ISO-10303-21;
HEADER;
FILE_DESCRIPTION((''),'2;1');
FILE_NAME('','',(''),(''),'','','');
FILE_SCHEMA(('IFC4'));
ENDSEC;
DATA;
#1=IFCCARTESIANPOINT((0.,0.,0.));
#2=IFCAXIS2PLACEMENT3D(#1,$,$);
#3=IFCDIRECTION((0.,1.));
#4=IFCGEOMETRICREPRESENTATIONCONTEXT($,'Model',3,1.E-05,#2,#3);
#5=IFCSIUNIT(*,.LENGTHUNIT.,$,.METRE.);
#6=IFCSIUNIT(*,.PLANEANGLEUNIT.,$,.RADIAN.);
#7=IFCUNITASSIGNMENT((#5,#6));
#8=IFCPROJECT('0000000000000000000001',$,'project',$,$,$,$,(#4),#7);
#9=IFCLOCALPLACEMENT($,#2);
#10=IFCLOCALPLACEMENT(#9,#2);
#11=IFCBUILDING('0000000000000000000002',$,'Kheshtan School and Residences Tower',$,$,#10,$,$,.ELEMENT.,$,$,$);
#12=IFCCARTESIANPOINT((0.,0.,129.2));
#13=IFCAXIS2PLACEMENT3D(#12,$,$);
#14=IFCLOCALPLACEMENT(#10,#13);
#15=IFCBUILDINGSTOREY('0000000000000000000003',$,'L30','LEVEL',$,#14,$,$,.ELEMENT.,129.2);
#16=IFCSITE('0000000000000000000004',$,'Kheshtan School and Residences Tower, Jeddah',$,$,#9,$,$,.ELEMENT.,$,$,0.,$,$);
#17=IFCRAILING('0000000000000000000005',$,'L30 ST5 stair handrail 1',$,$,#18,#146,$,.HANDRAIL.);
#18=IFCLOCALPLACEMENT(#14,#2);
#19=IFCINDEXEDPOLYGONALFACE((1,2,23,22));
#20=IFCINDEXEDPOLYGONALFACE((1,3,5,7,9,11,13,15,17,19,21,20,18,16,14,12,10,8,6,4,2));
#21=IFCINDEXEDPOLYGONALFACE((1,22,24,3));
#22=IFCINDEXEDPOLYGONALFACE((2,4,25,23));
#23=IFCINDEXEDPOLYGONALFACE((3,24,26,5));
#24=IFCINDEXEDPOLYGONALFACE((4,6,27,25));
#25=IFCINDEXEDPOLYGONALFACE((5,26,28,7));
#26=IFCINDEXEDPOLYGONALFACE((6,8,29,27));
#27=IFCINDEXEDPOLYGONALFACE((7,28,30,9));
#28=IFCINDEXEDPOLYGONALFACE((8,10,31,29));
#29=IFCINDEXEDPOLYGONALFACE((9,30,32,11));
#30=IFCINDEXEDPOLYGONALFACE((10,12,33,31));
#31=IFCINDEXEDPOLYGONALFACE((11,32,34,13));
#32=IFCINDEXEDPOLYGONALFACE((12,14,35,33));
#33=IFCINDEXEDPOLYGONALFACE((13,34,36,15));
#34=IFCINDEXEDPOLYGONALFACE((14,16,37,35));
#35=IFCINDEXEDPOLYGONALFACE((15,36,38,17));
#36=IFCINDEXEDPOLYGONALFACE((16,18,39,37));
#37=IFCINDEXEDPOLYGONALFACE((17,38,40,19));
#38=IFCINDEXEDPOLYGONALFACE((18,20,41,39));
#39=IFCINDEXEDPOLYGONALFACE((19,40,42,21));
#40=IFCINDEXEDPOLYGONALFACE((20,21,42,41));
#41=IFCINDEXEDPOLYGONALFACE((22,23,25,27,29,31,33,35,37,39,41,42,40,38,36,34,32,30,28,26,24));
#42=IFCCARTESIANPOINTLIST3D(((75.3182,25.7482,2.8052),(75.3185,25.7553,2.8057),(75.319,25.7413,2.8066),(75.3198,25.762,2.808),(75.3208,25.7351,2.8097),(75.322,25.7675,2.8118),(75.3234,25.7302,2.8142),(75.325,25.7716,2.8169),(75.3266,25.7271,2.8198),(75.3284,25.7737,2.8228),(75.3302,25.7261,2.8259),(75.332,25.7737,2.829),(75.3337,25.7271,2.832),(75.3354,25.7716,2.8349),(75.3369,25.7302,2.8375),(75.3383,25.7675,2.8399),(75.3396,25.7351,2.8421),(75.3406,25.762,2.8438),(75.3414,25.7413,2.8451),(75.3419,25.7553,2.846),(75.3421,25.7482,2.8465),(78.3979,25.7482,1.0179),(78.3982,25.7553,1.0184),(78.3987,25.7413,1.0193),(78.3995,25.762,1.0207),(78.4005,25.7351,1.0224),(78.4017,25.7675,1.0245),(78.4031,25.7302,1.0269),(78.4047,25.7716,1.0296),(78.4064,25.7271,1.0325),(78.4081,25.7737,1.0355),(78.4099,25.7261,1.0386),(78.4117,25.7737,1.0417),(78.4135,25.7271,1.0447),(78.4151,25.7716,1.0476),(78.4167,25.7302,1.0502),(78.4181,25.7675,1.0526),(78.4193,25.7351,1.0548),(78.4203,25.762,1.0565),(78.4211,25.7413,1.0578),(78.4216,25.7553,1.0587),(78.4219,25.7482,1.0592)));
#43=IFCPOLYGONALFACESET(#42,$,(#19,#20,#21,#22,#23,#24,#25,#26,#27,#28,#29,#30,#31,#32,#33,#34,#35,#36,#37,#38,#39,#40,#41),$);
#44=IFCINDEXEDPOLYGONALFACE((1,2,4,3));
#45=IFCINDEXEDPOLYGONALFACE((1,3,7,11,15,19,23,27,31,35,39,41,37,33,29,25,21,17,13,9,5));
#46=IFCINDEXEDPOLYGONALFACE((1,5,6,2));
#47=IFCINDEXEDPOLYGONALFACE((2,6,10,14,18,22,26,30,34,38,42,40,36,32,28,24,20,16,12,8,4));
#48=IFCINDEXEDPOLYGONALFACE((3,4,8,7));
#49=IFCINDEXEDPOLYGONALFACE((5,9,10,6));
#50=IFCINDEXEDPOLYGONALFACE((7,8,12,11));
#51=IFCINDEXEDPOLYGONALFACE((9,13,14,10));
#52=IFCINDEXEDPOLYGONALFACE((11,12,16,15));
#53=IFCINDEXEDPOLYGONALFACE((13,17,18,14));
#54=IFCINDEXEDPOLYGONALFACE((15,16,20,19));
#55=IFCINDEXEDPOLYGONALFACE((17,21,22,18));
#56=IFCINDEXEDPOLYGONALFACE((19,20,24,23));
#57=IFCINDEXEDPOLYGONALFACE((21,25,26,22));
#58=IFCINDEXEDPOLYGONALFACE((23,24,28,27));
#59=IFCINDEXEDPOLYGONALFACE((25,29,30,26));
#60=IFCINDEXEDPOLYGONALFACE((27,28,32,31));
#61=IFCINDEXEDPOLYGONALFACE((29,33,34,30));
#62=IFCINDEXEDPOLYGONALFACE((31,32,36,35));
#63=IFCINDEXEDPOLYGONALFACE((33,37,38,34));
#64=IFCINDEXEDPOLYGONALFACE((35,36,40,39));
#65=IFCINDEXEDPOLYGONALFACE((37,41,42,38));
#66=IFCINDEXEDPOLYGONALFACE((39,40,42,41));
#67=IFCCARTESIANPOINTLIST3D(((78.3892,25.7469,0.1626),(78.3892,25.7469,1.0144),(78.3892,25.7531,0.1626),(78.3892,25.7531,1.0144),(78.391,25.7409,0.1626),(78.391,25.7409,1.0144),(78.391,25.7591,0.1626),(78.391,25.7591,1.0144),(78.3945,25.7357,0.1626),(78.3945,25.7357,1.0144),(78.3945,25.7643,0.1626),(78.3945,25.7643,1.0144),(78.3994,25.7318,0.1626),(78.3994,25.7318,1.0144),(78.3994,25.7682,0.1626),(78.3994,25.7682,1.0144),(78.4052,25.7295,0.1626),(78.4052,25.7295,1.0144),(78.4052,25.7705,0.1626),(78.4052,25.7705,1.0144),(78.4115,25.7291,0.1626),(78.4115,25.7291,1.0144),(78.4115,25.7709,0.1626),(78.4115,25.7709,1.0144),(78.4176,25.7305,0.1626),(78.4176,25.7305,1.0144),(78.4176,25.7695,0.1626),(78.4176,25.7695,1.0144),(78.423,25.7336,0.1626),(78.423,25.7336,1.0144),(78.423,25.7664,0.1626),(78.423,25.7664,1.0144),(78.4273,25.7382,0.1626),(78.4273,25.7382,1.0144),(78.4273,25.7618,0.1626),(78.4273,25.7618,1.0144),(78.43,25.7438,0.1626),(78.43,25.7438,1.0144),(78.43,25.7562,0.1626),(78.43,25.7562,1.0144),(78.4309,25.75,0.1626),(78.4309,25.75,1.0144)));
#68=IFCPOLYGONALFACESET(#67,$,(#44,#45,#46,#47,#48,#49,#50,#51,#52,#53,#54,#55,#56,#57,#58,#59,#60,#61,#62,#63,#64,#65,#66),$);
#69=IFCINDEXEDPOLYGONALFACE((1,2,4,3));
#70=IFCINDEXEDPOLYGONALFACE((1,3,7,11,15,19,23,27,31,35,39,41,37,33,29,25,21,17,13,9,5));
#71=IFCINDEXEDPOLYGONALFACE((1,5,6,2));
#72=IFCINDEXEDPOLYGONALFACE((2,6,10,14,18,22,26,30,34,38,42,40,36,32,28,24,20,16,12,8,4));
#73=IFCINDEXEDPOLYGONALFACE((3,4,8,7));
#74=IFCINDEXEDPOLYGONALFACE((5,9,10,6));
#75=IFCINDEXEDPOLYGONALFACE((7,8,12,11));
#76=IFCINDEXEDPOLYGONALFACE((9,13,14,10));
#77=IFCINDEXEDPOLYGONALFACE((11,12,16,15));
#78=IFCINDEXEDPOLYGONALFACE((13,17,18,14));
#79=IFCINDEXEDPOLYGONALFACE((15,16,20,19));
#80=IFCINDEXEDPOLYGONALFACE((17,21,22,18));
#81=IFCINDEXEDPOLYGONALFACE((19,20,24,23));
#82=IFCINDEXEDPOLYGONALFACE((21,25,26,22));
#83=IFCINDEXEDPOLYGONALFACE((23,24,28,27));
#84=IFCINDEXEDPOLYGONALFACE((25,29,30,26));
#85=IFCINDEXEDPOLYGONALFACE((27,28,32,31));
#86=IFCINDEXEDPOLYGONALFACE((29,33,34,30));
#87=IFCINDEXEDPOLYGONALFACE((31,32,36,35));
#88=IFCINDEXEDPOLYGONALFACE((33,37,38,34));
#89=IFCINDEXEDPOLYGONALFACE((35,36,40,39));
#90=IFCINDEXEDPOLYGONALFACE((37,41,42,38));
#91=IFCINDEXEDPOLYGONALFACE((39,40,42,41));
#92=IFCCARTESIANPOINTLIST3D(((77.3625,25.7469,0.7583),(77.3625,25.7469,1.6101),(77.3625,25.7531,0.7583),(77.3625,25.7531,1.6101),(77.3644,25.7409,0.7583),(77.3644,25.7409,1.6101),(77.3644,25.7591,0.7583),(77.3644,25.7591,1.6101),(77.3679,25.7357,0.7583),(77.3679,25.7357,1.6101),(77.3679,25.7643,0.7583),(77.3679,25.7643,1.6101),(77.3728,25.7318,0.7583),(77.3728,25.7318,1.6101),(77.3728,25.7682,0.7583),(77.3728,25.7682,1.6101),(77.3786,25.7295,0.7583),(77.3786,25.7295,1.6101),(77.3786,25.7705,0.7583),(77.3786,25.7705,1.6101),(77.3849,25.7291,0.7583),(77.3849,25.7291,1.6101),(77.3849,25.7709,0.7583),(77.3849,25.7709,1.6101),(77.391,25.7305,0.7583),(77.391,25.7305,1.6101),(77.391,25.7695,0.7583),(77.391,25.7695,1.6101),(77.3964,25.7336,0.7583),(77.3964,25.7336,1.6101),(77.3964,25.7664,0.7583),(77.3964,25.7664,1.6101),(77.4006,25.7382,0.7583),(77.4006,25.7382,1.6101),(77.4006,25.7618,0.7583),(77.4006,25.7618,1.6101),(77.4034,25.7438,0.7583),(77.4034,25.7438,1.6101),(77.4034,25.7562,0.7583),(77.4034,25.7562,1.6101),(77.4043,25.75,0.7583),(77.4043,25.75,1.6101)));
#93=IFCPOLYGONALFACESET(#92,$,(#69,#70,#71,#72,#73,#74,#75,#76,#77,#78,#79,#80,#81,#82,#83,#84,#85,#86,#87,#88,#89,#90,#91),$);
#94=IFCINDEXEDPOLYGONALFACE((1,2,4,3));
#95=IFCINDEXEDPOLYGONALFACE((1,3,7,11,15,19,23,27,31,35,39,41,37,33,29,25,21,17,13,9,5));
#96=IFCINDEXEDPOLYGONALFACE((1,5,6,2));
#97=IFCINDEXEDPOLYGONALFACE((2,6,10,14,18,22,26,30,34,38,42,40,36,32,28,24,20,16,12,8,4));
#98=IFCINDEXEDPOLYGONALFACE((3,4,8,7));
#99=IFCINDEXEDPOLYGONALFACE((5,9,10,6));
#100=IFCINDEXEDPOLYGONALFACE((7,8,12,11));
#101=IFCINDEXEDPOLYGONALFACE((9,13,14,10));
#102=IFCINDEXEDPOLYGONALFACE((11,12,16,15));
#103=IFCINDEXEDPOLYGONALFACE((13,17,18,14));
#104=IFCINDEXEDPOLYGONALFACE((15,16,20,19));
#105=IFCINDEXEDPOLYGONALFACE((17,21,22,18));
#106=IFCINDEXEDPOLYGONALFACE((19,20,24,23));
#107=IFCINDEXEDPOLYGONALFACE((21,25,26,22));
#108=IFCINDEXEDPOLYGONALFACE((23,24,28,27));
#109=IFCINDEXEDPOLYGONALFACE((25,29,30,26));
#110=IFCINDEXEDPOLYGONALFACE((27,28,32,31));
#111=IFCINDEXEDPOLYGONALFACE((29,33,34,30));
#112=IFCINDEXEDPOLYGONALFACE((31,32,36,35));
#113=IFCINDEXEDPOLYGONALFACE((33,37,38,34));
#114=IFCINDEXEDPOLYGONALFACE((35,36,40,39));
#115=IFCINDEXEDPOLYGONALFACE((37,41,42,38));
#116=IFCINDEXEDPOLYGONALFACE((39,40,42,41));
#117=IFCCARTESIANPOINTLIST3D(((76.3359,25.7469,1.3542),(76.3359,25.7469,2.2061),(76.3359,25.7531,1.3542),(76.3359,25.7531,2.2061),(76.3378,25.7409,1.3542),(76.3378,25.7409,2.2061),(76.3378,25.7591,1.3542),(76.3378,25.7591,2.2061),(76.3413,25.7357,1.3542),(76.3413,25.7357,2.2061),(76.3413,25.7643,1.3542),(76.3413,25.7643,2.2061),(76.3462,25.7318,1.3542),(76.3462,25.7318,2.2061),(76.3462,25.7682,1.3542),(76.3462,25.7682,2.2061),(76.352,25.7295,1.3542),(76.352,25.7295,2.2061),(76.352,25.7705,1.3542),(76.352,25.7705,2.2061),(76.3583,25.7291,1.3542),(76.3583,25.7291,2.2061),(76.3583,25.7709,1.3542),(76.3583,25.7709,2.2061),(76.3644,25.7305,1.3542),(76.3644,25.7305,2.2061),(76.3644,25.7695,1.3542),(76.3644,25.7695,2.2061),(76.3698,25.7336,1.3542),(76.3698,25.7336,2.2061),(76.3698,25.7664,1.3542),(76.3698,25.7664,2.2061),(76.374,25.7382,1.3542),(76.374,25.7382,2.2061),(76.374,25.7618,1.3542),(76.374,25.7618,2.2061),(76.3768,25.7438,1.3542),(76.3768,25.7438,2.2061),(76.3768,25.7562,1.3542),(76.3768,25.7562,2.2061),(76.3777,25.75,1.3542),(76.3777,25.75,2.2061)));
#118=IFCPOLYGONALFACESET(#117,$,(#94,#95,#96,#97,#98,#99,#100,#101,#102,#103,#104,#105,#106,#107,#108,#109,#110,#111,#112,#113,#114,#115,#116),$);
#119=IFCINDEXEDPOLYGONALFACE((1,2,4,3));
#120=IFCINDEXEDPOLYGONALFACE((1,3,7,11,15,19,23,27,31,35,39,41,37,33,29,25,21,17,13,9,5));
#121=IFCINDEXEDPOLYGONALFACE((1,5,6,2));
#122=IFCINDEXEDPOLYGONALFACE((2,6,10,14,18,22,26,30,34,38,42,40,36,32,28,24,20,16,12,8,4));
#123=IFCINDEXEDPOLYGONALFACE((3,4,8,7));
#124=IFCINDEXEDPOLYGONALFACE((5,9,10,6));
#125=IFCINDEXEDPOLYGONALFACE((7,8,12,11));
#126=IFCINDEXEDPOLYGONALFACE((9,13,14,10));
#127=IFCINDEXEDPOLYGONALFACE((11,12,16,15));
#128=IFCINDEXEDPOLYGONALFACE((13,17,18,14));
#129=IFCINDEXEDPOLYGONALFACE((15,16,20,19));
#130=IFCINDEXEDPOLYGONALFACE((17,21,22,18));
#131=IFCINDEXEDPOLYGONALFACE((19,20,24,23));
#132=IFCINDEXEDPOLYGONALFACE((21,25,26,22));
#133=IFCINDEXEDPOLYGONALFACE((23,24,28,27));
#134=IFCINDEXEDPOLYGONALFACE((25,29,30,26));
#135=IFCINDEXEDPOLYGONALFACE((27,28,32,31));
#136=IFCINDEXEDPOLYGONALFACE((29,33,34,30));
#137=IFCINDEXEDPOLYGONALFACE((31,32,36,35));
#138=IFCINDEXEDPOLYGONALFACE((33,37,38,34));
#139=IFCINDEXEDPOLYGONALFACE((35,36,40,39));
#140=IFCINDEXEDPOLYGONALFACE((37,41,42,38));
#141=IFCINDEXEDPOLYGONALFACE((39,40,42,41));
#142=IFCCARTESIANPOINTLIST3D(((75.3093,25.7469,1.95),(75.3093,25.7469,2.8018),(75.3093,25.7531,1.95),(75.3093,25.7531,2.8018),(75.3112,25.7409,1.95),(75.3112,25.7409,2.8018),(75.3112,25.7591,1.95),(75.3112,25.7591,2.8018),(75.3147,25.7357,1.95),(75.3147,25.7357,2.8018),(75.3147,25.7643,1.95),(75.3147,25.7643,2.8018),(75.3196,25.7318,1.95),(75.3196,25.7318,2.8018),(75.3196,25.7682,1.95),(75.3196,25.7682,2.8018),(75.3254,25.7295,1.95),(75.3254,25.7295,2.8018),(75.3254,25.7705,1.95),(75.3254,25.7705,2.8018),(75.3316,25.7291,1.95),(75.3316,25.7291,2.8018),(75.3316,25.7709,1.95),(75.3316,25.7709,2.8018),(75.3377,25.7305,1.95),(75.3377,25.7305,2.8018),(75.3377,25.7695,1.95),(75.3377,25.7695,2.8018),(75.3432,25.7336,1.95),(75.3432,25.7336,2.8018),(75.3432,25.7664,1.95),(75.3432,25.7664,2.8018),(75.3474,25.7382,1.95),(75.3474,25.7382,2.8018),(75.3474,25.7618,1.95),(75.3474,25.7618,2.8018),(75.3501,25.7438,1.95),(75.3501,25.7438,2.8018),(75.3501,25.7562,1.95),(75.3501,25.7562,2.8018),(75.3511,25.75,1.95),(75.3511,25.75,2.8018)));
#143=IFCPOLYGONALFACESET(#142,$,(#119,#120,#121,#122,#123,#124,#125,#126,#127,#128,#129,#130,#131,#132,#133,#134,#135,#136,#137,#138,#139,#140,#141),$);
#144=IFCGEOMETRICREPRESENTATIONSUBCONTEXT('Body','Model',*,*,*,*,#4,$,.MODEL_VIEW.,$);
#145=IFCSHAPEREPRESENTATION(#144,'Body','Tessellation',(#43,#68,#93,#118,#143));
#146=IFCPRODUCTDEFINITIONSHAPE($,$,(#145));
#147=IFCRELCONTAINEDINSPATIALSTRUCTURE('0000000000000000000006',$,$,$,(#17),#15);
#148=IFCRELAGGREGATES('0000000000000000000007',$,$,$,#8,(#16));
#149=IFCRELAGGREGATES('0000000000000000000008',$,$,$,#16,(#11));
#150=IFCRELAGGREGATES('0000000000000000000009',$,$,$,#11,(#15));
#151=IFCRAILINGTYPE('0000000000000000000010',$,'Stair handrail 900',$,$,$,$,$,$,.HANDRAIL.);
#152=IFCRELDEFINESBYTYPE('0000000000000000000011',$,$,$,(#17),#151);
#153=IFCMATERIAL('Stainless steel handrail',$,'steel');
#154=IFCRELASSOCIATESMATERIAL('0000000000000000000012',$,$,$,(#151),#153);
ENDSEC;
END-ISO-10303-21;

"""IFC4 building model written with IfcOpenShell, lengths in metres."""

from ifc_helpers import new_model, si_unit, direction, frame, origin, origin_2d, place, context, subcontext, project, spatial, circle, extrude, material, type_object, element, save


model = new_model("IFC4")

# Units and contexts
model_context = context("Model", 3, precision=1e-05, world=origin(), true_north=direction((0.0, 1.0)))
body_context = subcontext(model_context, "Body", "Model", "MODEL_VIEW")
ifc_project = project(units=[si_unit("LENGTHUNIT", "METRE"), si_unit("PLANEANGLEUNIT", "RADIAN")], contexts=[model_context])

# Site, building, storey
site_placement = place(None, origin())
site = spatial("IfcSite", under=ifc_project, at=site_placement, Name="Kheshtan School and Residences Tower, Jeddah", CompositionType="ELEMENT", RefElevation=0.0)
building_placement = place(site_placement, origin())
building = spatial("IfcBuilding", under=site, at=building_placement, Name="Kheshtan School and Residences Tower", CompositionType="ELEMENT")
storey_placement = place(building_placement, frame((0.0, 0.0, 129.2)))
storey = spatial("IfcBuildingStorey", under=building, at=storey_placement, Name="L30", Description="LEVEL", CompositionType="ELEMENT", Elevation=129.2)

# Railing
ifc_material_1 = material(Name="Stainless steel handrail", Category="steel")
railing_type_1 = type_object("IfcRailingType", Name="Stair handrail 900", PredefinedType="HANDRAIL", material=ifc_material_1)
railing_1_placement = place(storey_placement, frame((78.4099, 25.75, 0.1626)))
element("IfcRailing", 1, at=railing_1_placement, inside=storey, type_object=railing_type_1, Name="L30 ST5 stair handrail 1", PredefinedType="HANDRAIL", context=body_context, shape_type="SweptSolid", body=[
    extrude(circle(Radius=0.0239, at=origin_2d()), frame((0.0, 0.0, 0.876), z_axis=(-0.864903, 0.0, 0.501939), x_axis=(0.0, -1.0, 0.0)), (0.0, 0.0, 1.0), 3.5608),
    extrude(circle(Radius=0.021, at=origin_2d()), origin(), (0.0, 0.0, 1.0), 0.8518),
    extrude(circle(Radius=0.021, at=origin_2d()), frame((-1.0266, 0.0, 0.5957)), (0.0, 0.0, 1.0), 0.8518),
    extrude(circle(Radius=0.021, at=origin_2d()), frame((-2.0532, 0.0, 1.1917)), (0.0, 0.0, 1.0), 0.8518),
    extrude(circle(Radius=0.021, at=origin_2d()), frame((-3.0798, 0.0, 1.7874)), (0.0, 0.0, 1.0), 0.8518),
])

save(model, "model.ifc")
